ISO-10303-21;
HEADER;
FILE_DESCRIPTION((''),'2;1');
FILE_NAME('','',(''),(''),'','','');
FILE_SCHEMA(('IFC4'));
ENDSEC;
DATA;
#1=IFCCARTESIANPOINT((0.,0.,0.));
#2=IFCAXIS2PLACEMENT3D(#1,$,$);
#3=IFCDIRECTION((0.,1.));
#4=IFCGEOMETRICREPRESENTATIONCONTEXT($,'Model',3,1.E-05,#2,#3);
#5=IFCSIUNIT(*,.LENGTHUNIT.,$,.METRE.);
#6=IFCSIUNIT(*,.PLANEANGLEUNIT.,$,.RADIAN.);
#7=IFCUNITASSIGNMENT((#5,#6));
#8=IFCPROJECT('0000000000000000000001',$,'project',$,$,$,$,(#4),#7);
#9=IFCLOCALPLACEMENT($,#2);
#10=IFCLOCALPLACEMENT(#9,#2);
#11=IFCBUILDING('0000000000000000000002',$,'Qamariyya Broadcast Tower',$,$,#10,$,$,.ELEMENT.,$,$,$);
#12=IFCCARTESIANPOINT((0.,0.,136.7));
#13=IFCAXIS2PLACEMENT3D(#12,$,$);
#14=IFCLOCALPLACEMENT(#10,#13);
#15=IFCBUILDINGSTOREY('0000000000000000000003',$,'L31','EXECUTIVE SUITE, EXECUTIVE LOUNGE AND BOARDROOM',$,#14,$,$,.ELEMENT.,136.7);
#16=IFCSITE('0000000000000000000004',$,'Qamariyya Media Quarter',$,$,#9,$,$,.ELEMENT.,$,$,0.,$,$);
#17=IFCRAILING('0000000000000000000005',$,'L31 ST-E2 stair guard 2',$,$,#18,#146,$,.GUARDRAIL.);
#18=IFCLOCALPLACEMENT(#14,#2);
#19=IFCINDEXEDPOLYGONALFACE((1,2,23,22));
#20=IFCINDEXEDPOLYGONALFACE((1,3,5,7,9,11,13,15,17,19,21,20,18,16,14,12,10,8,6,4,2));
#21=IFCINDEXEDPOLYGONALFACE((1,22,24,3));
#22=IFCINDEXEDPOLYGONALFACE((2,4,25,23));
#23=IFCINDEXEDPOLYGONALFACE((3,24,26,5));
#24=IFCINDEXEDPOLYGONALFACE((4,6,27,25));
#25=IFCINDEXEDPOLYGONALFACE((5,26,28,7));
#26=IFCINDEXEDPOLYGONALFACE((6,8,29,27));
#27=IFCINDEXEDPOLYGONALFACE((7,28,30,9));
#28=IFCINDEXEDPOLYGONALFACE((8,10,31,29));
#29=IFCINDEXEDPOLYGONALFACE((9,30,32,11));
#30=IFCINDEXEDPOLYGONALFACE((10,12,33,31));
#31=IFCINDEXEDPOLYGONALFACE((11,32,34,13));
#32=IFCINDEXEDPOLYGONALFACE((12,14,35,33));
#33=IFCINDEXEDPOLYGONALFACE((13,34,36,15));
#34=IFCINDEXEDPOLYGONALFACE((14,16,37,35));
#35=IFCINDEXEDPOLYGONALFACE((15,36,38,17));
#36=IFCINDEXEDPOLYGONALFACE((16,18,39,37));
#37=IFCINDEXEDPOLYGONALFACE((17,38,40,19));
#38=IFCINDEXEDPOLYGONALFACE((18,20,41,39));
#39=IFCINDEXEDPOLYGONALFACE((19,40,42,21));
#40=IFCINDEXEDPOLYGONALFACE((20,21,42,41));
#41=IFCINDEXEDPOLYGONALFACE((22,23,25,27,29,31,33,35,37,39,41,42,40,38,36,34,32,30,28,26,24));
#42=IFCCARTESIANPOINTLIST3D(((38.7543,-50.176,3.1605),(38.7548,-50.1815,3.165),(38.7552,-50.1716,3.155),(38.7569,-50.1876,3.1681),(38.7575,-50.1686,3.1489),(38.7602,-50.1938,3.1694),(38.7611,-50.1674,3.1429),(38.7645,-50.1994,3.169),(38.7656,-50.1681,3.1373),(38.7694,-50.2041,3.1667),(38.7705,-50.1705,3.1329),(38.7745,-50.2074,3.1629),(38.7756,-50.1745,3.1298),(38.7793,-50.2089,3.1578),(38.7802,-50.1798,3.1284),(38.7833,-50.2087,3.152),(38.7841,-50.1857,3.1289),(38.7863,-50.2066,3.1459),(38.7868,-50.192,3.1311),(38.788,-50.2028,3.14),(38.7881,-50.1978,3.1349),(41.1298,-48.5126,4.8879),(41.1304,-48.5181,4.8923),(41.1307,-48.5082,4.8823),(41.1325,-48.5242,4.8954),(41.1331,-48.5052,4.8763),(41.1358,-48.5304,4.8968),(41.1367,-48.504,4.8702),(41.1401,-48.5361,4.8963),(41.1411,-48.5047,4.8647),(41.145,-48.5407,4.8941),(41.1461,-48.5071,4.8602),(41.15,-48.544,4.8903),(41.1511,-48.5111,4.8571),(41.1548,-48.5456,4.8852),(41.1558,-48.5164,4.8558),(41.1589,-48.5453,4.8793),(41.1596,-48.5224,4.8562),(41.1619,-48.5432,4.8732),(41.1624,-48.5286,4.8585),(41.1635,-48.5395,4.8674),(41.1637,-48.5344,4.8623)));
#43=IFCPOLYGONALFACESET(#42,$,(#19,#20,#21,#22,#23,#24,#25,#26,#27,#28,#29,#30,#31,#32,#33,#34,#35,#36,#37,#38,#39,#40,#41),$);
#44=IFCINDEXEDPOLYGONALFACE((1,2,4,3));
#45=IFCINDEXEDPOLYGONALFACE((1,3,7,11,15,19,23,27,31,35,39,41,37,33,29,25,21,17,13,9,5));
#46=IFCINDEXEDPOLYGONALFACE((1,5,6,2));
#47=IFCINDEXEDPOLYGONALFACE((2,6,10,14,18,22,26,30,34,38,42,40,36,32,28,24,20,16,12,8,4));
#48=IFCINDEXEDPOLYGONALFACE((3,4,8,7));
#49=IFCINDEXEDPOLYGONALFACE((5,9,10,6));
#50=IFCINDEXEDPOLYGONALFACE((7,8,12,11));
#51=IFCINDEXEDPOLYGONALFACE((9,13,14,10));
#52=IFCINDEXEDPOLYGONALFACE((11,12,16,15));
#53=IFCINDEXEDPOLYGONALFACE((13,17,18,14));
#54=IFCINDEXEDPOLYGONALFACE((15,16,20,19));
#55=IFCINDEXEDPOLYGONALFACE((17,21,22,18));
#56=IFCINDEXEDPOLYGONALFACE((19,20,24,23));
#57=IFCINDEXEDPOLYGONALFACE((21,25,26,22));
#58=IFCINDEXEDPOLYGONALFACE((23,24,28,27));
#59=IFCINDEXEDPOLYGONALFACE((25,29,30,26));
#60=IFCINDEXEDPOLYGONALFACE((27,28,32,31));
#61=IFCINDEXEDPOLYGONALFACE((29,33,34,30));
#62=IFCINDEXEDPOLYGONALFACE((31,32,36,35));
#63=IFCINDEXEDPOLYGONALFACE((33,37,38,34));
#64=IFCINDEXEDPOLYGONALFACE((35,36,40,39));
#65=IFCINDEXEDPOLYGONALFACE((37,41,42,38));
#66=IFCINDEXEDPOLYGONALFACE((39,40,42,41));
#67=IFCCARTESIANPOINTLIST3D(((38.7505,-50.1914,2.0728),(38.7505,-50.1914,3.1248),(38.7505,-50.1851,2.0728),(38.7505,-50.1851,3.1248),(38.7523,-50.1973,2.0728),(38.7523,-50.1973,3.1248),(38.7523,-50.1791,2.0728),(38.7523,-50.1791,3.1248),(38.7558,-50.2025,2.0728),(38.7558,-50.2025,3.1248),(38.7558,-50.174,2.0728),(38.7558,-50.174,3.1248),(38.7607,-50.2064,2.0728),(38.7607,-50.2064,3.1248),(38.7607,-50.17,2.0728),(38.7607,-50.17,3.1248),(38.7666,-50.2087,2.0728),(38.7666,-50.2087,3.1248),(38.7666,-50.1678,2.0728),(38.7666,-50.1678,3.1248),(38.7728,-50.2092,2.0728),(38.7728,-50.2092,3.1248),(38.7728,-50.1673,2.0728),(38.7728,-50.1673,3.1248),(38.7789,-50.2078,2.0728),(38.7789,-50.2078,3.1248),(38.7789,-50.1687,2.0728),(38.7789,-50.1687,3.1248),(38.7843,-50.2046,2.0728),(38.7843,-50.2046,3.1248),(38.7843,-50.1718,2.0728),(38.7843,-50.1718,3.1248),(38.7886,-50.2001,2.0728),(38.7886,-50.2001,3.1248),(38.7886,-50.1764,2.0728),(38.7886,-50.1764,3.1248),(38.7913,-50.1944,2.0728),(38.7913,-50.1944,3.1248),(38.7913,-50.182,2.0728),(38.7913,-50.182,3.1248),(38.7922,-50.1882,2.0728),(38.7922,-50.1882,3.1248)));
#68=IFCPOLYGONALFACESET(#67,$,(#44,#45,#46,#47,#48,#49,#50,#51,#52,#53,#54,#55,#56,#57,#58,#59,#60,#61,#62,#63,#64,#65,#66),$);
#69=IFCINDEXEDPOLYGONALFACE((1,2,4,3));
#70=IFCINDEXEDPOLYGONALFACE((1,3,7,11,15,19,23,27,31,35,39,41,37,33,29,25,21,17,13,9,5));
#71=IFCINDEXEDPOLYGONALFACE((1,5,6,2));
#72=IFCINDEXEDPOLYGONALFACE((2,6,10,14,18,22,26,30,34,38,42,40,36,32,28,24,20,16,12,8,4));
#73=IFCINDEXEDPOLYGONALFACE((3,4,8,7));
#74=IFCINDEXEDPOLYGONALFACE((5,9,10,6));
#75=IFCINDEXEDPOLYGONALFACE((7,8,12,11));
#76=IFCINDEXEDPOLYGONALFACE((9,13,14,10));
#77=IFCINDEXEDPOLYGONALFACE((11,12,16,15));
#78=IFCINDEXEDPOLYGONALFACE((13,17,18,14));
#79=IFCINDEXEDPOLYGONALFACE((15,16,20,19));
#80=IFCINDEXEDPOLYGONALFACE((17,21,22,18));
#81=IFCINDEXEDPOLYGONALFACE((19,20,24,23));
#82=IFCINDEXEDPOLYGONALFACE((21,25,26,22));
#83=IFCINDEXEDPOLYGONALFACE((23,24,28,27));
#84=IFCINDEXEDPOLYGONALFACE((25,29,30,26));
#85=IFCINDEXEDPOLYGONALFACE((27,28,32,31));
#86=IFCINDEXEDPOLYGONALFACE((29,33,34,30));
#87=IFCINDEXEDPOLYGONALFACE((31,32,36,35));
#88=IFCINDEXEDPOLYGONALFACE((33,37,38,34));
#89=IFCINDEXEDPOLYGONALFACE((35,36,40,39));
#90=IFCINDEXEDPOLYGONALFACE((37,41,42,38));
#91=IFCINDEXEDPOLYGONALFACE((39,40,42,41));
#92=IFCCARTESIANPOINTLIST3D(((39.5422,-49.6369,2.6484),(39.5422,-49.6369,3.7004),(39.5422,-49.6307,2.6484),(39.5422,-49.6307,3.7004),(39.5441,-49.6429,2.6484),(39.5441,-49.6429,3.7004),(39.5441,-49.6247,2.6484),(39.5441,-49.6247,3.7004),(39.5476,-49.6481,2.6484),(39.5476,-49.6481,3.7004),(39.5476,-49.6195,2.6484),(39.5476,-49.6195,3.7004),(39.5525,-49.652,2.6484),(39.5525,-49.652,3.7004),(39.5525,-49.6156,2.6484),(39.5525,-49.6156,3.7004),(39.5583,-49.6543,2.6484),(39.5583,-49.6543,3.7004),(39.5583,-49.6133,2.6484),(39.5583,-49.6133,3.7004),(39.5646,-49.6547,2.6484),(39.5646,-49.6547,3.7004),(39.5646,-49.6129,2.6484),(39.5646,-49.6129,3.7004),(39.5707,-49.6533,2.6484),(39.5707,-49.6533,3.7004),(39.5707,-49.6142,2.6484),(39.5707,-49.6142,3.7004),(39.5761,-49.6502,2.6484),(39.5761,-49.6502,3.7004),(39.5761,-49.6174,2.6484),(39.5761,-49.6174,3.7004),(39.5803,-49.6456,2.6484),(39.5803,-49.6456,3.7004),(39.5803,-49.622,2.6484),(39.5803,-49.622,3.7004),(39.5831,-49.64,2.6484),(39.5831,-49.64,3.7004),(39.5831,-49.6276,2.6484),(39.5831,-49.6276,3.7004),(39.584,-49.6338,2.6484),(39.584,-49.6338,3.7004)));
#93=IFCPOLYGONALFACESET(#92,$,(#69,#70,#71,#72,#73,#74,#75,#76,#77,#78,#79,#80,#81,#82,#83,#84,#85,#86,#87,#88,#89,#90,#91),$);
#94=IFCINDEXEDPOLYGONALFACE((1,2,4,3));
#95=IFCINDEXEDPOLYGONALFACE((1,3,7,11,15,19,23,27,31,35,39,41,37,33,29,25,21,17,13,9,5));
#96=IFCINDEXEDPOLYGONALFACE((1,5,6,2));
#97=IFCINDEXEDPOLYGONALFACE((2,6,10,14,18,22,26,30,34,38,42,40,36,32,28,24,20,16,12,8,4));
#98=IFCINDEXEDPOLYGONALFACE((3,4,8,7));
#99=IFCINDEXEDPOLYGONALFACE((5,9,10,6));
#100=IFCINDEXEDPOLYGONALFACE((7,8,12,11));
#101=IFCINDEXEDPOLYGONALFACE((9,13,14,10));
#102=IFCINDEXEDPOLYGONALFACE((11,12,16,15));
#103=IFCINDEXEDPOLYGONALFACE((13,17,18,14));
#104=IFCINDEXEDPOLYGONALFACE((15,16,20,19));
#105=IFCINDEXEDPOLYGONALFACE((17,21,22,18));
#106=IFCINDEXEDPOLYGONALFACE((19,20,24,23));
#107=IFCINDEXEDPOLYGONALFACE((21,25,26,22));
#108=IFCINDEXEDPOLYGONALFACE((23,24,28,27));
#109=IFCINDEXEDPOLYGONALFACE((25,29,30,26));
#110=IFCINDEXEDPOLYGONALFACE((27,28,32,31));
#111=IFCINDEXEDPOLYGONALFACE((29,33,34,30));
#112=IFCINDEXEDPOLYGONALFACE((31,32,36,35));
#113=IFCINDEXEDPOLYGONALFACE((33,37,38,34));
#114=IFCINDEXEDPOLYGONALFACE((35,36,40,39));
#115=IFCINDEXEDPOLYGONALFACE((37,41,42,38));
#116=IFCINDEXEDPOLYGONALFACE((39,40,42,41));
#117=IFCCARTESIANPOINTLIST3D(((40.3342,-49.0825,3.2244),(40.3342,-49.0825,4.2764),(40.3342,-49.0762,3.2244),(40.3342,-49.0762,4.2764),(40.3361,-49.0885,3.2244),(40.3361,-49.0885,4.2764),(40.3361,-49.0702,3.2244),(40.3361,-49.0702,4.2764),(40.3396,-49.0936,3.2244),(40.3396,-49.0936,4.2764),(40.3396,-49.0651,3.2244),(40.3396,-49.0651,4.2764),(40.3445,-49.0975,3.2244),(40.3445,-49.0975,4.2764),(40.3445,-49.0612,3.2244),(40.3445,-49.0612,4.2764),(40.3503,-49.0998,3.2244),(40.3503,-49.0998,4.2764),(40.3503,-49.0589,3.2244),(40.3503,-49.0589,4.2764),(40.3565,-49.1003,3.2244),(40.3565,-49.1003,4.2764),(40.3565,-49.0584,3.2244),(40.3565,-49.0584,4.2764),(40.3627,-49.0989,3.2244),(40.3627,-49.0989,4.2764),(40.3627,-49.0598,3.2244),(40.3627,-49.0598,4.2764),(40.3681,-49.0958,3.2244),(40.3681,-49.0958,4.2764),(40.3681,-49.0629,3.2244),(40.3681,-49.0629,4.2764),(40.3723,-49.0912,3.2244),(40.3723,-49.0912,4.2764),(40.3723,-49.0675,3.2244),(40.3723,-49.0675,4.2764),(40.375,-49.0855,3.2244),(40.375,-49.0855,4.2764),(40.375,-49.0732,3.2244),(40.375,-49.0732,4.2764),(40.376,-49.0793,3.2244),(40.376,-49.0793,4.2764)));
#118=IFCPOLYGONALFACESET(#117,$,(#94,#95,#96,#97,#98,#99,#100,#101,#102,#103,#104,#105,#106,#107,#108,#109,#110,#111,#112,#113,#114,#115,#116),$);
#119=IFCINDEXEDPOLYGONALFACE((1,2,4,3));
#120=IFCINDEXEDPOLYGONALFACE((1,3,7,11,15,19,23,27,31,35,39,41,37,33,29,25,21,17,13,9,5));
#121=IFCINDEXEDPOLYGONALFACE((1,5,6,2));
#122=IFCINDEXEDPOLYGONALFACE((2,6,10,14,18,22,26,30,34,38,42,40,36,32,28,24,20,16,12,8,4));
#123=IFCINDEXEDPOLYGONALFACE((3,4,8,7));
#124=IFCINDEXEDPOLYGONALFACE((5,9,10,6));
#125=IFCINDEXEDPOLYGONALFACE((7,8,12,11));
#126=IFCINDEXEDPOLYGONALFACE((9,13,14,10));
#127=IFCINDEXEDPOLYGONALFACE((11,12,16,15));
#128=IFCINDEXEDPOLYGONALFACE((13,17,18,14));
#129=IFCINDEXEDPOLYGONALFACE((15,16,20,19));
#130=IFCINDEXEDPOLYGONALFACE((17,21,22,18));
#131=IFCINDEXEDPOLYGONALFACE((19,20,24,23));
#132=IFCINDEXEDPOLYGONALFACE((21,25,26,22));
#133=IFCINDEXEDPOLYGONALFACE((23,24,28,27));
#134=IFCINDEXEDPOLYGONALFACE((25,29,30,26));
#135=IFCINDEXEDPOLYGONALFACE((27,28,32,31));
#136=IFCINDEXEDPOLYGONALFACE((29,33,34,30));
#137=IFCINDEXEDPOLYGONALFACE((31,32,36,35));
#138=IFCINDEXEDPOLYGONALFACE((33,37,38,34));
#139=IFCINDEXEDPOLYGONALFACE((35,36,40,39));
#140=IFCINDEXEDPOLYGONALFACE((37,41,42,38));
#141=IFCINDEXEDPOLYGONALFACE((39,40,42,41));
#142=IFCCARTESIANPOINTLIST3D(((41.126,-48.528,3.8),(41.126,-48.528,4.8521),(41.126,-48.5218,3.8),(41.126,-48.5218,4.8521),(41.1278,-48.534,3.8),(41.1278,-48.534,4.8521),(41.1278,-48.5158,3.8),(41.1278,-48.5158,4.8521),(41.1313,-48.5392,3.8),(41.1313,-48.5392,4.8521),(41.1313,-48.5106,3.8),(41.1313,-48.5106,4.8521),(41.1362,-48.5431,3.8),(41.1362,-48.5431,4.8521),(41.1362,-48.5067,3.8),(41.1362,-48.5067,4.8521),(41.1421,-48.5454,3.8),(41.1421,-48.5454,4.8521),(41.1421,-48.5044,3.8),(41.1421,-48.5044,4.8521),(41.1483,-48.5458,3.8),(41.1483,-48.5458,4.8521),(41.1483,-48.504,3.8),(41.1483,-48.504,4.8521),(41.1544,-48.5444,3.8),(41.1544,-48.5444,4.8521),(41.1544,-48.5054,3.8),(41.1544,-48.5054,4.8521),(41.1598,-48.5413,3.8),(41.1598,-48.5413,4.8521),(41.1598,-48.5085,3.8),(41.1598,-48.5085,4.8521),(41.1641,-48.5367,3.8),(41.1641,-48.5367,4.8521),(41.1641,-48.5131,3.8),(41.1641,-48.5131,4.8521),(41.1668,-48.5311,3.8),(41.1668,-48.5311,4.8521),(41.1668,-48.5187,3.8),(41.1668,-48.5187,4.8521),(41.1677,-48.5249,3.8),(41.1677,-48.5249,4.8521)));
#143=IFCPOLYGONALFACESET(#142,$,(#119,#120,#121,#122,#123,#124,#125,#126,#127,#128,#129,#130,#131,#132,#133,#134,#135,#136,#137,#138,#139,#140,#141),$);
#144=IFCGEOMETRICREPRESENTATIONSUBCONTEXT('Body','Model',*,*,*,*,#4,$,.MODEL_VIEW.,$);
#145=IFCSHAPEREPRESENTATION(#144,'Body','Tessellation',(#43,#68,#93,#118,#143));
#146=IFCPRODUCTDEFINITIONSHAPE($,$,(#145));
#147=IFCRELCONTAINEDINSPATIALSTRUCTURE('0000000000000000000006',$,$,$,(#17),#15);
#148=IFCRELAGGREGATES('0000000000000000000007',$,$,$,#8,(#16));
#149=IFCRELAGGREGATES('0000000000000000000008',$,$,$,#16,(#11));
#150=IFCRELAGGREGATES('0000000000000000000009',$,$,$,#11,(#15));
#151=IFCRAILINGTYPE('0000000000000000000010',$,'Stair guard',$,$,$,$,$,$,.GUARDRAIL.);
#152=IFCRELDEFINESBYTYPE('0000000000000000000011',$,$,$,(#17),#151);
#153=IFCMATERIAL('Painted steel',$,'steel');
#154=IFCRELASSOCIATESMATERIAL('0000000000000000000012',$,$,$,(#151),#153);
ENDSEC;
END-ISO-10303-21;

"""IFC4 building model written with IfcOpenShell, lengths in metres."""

from ifc_helpers import new_model, si_unit, direction, frame, origin, origin_2d, place, context, subcontext, project, spatial, circle, extrude, material, type_object, element, save


model = new_model("IFC4")

# Units and contexts
model_context = context("Model", 3, precision=1e-05, world=origin(), true_north=direction((0.0, 1.0)))
body_context = subcontext(model_context, "Body", "Model", "MODEL_VIEW")
ifc_project = project(units=[si_unit("LENGTHUNIT", "METRE"), si_unit("PLANEANGLEUNIT", "RADIAN")], contexts=[model_context])

# Site, building, storey
site_placement = place(None, origin())
site = spatial("IfcSite", under=ifc_project, at=site_placement, Name="Qamariyya Media Quarter", CompositionType="ELEMENT", RefElevation=0.0)
building_placement = place(site_placement, origin())
building = spatial("IfcBuilding", under=site, at=building_placement, Name="Qamariyya Broadcast Tower", CompositionType="ELEMENT")
storey_placement = place(building_placement, frame((0.0, 0.0, 136.7)))
storey = spatial("IfcBuildingStorey", under=building, at=storey_placement, Name="L31", Description="EXECUTIVE SUITE, EXECUTIVE LOUNGE AND BOARDROOM", CompositionType="ELEMENT", Elevation=136.7)

# Railing
ifc_material_1 = material(Name="Painted steel", Category="steel")
railing_type_1 = type_object("IfcRailingType", Name="Stair guard", PredefinedType="GUARDRAIL", material=ifc_material_1)
railing_1_placement = place(storey_placement, frame((38.7712, -50.1882, 2.0728)))
element("IfcRailing", 1, at=railing_1_placement, inside=storey, type_object=railing_type_1, Name="L31 ST-E2 stair guard 2", PredefinedType="GUARDRAIL", context=body_context, shape_type="SweptSolid", body=[
    extrude(circle(Radius=0.0239, at=origin_2d()), frame((0.0, 0.0, 1.0762), z_axis=(0.70377, 0.492784, 0.511734), x_axis=(-0.573575, 0.819153, 0.0)), (0.0, 0.0, 1.0), 3.3755),
    extrude(circle(Radius=0.021, at=origin_2d()), origin(), (0.0, 0.0, 1.0), 1.052),
    extrude(circle(Radius=0.021, at=origin_2d()), frame((0.7917, 0.5544, 0.5757)), (0.0, 0.0, 1.0), 1.052),
    extrude(circle(Radius=0.021, at=origin_2d()), frame((1.5837, 1.1089, 1.1516)), (0.0, 0.0, 1.0), 1.052),
    extrude(circle(Radius=0.021, at=origin_2d()), frame((2.3755, 1.6633, 1.7273)), (0.0, 0.0, 1.0), 1.052),
])

save(model, "model.ifc")
